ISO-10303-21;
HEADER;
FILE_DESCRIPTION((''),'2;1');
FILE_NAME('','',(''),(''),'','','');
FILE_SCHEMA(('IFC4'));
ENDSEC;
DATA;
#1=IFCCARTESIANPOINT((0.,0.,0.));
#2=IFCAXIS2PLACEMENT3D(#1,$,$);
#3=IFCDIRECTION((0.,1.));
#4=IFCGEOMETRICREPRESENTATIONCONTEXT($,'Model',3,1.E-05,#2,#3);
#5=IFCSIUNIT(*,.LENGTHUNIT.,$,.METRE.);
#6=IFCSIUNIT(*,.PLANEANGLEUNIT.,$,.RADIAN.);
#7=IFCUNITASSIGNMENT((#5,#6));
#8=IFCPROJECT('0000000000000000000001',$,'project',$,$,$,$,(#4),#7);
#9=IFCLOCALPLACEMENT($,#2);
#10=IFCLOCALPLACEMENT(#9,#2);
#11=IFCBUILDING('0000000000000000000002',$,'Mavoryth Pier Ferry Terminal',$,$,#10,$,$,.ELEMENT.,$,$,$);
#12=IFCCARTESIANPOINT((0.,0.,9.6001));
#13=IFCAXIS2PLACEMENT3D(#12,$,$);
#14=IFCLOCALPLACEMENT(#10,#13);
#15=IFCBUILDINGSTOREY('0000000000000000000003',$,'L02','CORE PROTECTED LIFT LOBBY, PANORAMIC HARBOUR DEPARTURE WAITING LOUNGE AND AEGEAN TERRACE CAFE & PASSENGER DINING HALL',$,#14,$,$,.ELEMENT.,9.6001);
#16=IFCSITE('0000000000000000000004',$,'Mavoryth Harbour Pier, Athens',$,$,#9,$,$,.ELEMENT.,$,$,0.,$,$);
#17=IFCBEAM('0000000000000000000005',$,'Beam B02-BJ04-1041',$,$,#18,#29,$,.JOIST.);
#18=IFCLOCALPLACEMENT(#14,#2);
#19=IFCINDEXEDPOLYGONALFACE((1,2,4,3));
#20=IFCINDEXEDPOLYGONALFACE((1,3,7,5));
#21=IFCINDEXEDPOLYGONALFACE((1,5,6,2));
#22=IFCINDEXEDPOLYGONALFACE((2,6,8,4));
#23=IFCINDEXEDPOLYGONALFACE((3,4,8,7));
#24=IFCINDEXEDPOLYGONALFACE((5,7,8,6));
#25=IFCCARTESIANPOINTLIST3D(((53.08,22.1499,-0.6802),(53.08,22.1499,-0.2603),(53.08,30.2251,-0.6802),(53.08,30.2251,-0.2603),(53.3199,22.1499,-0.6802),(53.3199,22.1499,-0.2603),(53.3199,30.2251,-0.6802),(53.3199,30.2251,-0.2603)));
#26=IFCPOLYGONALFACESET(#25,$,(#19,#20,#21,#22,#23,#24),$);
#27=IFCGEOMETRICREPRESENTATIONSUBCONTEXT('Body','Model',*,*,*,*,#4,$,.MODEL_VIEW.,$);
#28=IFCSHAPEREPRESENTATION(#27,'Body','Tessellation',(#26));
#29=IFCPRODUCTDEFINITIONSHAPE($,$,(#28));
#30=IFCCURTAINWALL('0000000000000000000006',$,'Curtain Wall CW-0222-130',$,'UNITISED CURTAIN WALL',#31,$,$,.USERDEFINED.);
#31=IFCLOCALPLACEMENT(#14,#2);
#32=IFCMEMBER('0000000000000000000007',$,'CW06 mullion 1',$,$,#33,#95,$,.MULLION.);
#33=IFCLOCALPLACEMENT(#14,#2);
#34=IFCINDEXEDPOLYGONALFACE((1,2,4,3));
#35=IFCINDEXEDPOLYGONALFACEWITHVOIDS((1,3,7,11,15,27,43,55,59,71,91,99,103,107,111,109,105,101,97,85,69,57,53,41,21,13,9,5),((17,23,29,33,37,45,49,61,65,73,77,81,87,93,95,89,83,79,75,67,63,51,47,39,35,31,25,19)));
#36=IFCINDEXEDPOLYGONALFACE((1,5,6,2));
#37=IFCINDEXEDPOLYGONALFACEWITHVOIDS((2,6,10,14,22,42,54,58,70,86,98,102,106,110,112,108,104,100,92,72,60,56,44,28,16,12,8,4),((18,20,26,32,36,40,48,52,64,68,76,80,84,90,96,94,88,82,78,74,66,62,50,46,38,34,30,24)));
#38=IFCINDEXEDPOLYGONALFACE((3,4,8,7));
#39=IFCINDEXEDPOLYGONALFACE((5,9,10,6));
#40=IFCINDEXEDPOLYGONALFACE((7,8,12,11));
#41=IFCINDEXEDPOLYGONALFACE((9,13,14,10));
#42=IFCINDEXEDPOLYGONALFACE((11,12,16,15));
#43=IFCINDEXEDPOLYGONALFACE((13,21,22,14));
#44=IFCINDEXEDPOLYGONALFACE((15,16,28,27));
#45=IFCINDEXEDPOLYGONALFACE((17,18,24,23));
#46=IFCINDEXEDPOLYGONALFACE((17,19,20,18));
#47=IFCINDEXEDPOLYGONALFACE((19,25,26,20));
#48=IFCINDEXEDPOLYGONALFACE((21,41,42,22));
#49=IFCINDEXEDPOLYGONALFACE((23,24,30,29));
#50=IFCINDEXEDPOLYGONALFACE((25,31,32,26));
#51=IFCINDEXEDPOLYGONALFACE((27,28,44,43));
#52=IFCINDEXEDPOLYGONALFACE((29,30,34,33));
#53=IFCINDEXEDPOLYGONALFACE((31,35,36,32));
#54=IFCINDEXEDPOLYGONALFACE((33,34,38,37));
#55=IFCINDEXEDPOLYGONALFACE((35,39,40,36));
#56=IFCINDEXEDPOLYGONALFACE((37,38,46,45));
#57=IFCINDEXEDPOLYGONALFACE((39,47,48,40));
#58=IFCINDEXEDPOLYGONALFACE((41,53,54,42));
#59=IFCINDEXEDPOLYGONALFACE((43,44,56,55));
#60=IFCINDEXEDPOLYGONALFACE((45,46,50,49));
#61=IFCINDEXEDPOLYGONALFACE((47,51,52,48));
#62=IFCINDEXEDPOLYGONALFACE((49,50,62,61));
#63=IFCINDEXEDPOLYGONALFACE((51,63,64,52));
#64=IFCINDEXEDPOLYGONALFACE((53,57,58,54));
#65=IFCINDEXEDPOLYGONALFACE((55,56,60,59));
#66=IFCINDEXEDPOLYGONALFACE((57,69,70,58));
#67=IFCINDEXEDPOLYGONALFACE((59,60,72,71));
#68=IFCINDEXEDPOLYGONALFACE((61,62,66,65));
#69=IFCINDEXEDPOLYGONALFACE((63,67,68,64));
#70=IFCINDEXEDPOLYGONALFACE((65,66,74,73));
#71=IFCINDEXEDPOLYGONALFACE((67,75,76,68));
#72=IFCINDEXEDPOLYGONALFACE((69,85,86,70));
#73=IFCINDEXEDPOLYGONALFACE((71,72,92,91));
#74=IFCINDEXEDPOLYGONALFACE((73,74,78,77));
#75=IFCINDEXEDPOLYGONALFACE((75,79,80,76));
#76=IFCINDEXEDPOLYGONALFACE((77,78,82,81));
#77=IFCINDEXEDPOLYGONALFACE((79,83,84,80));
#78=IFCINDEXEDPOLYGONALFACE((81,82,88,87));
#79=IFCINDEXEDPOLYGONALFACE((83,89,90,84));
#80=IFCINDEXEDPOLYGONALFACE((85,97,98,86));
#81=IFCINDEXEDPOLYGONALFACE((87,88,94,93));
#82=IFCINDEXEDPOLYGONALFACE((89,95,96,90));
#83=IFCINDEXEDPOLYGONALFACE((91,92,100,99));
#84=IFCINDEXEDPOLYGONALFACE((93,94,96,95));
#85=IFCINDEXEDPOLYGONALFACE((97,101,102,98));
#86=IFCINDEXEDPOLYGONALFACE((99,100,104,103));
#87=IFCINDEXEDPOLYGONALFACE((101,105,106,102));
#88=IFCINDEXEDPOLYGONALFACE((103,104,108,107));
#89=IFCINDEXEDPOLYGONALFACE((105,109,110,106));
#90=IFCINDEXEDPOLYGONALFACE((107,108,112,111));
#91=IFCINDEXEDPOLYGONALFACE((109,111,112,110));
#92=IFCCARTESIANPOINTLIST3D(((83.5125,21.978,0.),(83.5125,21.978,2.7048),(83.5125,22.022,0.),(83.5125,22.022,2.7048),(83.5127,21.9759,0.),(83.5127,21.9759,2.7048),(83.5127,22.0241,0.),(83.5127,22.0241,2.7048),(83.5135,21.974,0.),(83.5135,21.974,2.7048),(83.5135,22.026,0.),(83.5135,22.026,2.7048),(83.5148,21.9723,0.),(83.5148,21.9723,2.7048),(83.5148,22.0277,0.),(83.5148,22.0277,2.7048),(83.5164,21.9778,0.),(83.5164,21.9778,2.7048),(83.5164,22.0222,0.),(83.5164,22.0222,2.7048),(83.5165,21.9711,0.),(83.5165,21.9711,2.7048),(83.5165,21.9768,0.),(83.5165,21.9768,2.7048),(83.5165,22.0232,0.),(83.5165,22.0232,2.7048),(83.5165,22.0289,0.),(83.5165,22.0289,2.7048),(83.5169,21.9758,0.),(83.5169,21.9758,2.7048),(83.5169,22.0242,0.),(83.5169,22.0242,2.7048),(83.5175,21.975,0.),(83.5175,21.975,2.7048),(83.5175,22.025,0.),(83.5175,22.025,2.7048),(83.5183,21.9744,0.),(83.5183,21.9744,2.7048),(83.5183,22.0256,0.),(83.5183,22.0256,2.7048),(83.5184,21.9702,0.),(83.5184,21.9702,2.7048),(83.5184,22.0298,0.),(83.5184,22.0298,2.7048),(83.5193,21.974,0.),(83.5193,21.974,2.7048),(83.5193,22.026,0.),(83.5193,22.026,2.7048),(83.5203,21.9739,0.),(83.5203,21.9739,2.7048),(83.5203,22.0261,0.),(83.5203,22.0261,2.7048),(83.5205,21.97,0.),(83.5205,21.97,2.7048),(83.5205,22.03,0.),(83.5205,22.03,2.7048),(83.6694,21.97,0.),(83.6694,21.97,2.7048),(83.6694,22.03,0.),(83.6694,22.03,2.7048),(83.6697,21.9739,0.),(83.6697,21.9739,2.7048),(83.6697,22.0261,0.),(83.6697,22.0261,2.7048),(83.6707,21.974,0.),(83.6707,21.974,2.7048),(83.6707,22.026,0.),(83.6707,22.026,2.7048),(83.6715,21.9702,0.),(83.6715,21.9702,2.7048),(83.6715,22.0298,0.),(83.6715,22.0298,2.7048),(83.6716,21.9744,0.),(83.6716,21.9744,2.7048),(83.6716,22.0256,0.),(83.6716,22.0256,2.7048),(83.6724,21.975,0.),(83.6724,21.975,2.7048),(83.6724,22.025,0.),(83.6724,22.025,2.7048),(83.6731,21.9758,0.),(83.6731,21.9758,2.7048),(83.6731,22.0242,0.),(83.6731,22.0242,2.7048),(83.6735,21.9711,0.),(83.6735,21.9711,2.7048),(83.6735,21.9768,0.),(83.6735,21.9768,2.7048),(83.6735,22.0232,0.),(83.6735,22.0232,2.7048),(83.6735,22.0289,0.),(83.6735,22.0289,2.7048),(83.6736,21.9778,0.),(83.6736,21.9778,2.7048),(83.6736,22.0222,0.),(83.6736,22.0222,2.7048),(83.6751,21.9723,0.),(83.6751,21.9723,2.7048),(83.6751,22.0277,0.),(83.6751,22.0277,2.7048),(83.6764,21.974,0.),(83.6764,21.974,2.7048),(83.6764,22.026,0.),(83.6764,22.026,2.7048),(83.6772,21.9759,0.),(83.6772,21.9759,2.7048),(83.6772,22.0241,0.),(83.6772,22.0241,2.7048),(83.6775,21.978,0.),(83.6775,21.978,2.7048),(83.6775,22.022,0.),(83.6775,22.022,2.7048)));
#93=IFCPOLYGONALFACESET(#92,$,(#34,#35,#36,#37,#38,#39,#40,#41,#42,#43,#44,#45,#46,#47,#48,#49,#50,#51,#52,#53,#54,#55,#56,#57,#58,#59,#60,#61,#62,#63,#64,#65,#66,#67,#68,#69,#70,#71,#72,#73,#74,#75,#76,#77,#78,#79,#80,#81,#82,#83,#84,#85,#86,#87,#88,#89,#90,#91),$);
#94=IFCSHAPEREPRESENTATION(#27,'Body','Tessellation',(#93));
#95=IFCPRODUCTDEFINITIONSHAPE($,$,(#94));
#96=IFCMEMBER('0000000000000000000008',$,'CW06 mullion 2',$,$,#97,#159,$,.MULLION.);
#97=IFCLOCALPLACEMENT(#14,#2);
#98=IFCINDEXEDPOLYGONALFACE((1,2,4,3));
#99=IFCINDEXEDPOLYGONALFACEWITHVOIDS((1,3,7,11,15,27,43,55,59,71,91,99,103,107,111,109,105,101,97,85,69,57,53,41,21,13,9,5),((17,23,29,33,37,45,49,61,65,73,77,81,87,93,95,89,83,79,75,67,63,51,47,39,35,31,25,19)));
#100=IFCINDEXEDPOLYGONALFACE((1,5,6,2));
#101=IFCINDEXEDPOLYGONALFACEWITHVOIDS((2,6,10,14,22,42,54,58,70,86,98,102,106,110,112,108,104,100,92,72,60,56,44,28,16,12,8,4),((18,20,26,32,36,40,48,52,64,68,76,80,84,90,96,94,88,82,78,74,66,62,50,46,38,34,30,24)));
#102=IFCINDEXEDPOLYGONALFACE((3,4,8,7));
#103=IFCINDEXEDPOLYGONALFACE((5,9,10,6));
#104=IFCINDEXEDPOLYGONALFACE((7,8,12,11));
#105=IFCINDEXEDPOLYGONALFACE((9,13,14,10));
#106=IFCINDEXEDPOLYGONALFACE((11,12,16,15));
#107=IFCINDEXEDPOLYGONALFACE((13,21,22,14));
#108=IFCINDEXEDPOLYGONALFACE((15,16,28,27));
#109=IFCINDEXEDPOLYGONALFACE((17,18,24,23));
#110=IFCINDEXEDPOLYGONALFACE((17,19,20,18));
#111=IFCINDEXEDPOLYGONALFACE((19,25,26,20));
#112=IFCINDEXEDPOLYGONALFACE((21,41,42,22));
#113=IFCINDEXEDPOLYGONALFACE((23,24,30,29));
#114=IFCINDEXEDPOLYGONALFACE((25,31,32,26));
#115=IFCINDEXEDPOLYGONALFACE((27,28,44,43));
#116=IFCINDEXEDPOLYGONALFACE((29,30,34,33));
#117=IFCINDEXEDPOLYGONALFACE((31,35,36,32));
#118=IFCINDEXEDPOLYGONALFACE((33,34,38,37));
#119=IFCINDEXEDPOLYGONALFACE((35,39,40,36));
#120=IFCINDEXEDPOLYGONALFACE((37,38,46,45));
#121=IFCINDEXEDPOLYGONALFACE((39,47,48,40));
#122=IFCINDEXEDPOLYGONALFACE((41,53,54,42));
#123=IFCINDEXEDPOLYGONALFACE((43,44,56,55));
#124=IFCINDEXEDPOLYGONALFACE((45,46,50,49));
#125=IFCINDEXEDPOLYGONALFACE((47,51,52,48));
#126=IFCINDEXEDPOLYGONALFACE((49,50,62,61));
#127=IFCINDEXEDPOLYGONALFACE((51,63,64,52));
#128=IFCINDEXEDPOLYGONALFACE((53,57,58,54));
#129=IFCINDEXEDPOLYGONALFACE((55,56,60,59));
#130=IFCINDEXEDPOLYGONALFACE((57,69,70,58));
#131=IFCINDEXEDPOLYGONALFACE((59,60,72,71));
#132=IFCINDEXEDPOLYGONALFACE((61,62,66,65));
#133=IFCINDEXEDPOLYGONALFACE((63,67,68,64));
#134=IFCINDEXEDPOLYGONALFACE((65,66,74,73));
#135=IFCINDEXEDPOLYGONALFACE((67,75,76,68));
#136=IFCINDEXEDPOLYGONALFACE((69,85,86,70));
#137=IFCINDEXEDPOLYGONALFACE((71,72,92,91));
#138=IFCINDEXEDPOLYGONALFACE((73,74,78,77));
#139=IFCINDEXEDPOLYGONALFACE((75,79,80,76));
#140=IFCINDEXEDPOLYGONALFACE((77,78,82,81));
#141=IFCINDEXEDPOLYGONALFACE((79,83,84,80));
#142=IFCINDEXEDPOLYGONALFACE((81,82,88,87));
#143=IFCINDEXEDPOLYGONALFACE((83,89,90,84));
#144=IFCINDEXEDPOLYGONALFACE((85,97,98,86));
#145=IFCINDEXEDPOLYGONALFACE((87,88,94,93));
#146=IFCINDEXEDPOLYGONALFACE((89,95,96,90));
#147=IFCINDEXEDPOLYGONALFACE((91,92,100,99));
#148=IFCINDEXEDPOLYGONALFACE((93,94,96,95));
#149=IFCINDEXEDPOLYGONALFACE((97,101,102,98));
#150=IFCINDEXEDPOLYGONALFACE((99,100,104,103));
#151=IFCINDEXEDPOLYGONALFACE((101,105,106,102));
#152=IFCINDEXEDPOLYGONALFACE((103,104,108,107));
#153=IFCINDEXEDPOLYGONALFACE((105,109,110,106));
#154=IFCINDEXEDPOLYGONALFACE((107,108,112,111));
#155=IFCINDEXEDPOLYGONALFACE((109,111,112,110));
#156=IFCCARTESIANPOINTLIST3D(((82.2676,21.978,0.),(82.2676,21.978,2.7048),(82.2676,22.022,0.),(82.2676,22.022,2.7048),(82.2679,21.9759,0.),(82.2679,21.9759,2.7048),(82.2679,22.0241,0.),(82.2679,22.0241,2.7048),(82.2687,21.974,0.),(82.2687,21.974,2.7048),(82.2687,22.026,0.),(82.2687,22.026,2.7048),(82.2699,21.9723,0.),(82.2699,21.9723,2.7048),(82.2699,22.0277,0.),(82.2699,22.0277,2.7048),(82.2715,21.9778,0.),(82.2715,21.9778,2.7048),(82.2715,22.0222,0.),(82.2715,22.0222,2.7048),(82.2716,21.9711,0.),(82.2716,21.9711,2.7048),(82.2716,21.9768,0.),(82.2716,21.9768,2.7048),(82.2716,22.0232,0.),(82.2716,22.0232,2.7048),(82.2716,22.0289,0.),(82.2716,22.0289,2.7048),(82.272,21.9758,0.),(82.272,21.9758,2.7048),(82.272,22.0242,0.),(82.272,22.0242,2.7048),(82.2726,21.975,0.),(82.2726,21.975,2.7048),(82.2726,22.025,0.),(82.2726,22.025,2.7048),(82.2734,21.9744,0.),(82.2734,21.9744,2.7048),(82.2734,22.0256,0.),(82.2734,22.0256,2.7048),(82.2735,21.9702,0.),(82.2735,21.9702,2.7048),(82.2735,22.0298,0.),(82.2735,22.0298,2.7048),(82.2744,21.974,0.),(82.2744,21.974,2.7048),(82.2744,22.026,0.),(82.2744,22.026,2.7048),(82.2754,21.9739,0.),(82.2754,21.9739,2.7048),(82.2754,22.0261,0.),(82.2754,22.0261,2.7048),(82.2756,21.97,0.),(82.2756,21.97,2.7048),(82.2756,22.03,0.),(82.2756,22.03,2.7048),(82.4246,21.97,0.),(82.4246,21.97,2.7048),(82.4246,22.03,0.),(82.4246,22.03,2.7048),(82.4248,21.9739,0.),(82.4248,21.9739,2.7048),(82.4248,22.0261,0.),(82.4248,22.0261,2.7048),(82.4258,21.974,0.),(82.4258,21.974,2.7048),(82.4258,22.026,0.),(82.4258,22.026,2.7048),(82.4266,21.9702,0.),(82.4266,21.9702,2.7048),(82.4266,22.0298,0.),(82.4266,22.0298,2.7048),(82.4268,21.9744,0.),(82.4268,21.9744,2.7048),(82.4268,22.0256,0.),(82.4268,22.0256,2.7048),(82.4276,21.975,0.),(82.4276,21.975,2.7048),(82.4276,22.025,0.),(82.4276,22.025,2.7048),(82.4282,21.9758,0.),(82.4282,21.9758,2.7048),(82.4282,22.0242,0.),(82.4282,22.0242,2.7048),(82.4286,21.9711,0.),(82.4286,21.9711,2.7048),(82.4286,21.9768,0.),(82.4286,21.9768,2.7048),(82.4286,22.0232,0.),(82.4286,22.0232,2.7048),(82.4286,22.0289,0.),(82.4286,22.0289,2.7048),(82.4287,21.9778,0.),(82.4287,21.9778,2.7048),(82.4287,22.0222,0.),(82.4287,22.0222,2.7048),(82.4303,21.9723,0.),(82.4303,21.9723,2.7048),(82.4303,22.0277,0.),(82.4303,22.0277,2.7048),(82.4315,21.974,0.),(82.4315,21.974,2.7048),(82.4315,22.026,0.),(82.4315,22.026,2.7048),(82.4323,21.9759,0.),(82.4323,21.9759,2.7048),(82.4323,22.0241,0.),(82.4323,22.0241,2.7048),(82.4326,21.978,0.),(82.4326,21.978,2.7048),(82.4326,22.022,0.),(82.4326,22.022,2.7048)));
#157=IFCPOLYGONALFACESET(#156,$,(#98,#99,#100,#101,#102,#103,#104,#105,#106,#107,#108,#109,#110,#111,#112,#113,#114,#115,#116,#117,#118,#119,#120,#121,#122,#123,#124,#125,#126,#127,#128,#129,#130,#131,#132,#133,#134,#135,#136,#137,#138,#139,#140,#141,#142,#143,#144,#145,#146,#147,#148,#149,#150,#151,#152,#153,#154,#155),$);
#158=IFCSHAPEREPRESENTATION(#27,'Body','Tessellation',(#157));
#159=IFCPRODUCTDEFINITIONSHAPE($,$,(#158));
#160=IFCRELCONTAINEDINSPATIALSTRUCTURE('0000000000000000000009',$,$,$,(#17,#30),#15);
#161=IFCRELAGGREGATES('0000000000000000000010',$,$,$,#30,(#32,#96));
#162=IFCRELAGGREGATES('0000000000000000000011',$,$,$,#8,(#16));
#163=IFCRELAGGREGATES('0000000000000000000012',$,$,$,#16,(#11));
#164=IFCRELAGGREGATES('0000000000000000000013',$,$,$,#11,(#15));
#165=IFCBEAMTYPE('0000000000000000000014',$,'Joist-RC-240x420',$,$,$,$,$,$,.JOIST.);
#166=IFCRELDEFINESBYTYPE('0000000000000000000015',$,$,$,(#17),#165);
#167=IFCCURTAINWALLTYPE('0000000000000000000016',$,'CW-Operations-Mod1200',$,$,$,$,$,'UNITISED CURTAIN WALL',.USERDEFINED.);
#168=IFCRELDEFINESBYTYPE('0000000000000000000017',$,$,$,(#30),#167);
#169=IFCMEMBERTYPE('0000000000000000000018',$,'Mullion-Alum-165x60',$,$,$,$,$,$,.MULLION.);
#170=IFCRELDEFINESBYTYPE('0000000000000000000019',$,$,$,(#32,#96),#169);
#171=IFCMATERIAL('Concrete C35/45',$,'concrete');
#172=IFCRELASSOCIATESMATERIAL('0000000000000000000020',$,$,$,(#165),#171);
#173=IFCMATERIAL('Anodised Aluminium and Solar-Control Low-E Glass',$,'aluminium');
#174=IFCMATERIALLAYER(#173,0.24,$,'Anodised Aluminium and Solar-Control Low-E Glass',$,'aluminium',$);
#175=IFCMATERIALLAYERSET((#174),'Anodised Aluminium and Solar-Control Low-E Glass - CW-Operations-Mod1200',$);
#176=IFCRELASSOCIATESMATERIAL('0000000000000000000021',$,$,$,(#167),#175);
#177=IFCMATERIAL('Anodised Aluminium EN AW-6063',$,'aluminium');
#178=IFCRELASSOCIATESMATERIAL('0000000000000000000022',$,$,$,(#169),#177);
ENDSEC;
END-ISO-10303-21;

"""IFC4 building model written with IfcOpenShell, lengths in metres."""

from ifc_helpers import new_model, si_unit, direction, frame, origin, origin_2d, place, context, subcontext, project, spatial, rectangle, hollow_rectangle, extrude, material, layer, layer_set, material_profile, profile_set, type_object, element, aggregate, save


model = new_model("IFC4")

# Units and contexts
model_context = context("Model", 3, precision=1e-05, world=origin(), true_north=direction((0.0, 1.0)))
body_context = subcontext(model_context, "Body", "Model", "MODEL_VIEW")
ifc_project = project(units=[si_unit("LENGTHUNIT", "METRE"), si_unit("PLANEANGLEUNIT", "RADIAN")], contexts=[model_context])

# Site, building, storey
site_placement = place(None, origin())
site = spatial("IfcSite", under=ifc_project, at=site_placement, Name="Mavoryth Harbour Pier, Athens", CompositionType="ELEMENT", RefElevation=0.0)
building_placement = place(site_placement, origin())
building = spatial("IfcBuilding", under=site, at=building_placement, Name="Mavoryth Pier Ferry Terminal", CompositionType="ELEMENT")
storey_placement = place(building_placement, frame((0.0, 0.0, 9.6001)))
storey = spatial("IfcBuildingStorey", under=building, at=storey_placement, Name="L02", Description="CORE PROTECTED LIFT LOBBY, PANORAMIC HARBOUR DEPARTURE WAITING LOUNGE AND AEGEAN TERRACE CAFE & PASSENGER DINING HALL", CompositionType="ELEMENT", Elevation=9.6001)

# Beam
ifc_material_1 = material(Name="Concrete C35/45", Category="concrete")
ifc_material_profile_1 = material_profile(ifc_material_1, rectangle(XDim=0.24, YDim=0.4199, at=origin_2d()), Name="RC 240x420", Category="concrete")
ifc_profile_set_1 = profile_set([ifc_material_profile_1], Name="Concrete C35/45 - RC 240x420")
beam_type = type_object("IfcBeamType", Name="Joist-RC-240x420", PredefinedType="JOIST", material=ifc_profile_set_1)
beam_placement = place(storey_placement, frame((53.2, 22.1499, -0.4702), z_axis=(0.0, 1.0, 0.0), x_axis=(-1.0, 0.0, 0.0)))
element("IfcBeam", 1, at=beam_placement, inside=storey, type_object=beam_type, Name="Beam B02-BJ04-1041", PredefinedType="JOIST", context=body_context, shape_type="SweptSolid", body=[
    extrude(rectangle(XDim=0.24, YDim=0.4199, at=origin_2d()), origin(), (0.0, 0.0, 1.0), 8.0752),
])

# Curtain wall, members
ifc_material_2 = material(Name="Anodised Aluminium and Solar-Control Low-E Glass", Category="aluminium")
ifc_layer_1 = layer(ifc_material_2, 0.24, Name="Anodised Aluminium and Solar-Control Low-E Glass", Category="aluminium")
ifc_layer_set_1 = layer_set([ifc_layer_1], Name="Anodised Aluminium and Solar-Control Low-E Glass - CW-Operations-Mod1200")
curtain_wall_type = type_object("IfcCurtainWallType", Name="CW-Operations-Mod1200", ElementType="UNITISED CURTAIN WALL", PredefinedType="USERDEFINED", material=ifc_layer_set_1)
curtain_wall_placement = place(storey_placement, origin())
curtain_wall = element("IfcCurtainWall", 2, at=curtain_wall_placement, inside=storey, type_object=curtain_wall_type, Name="Curtain Wall CW-0222-130", ObjectType="UNITISED CURTAIN WALL", PredefinedType="USERDEFINED")
ifc_material_3 = material(Name="Anodised Aluminium EN AW-6063", Category="aluminium")
ifc_material_profile_2 = material_profile(ifc_material_3, hollow_rectangle(XDim=0.0601, YDim=0.165, WallThickness=0.0039, InnerFilletRadius=0.0039, OuterFilletRadius=0.0081, at=origin_2d()), Name="AL-MULL 165x60x4", Category="aluminium")
ifc_profile_set_2 = profile_set([ifc_material_profile_2], Name="Anodised Aluminium EN AW-6063 - AL-MULL 165x60x4")
member_type_1 = type_object("IfcMemberType", Name="Mullion-Alum-165x60", PredefinedType="MULLION", material=ifc_profile_set_2)
member_1_placement = place(storey_placement, frame((83.595, 22.0, 0.0), z_axis=(0.0, 0.0, 1.0), x_axis=(0.0, -1.0, 0.0)))
member_1 = element("IfcMember", 3, at=member_1_placement, type_object=member_type_1, Name="CW06 mullion 1", PredefinedType="MULLION", context=body_context, shape_type="SweptSolid", body=[
    extrude(hollow_rectangle(XDim=0.0601, YDim=0.165, WallThickness=0.0039, InnerFilletRadius=0.0039, OuterFilletRadius=0.0081, at=origin_2d()), origin(), (0.0, 0.0, 1.0), 2.7048),
])
member_2_placement = place(storey_placement, frame((82.3501, 22.0, 0.0), z_axis=(0.0, 0.0, 1.0), x_axis=(0.0, -1.0, 0.0)))
member_2 = element("IfcMember", 4, at=member_2_placement, type_object=member_type_1, Name="CW06 mullion 2", PredefinedType="MULLION", context=body_context, shape_type="SweptSolid", body=[
    extrude(hollow_rectangle(XDim=0.0601, YDim=0.165, WallThickness=0.0039, InnerFilletRadius=0.0039, OuterFilletRadius=0.0081, at=origin_2d()), origin(), (0.0, 0.0, 1.0), 2.7048),
])
aggregate(curtain_wall, [member_1, member_2])

save(model, "model.ifc")
